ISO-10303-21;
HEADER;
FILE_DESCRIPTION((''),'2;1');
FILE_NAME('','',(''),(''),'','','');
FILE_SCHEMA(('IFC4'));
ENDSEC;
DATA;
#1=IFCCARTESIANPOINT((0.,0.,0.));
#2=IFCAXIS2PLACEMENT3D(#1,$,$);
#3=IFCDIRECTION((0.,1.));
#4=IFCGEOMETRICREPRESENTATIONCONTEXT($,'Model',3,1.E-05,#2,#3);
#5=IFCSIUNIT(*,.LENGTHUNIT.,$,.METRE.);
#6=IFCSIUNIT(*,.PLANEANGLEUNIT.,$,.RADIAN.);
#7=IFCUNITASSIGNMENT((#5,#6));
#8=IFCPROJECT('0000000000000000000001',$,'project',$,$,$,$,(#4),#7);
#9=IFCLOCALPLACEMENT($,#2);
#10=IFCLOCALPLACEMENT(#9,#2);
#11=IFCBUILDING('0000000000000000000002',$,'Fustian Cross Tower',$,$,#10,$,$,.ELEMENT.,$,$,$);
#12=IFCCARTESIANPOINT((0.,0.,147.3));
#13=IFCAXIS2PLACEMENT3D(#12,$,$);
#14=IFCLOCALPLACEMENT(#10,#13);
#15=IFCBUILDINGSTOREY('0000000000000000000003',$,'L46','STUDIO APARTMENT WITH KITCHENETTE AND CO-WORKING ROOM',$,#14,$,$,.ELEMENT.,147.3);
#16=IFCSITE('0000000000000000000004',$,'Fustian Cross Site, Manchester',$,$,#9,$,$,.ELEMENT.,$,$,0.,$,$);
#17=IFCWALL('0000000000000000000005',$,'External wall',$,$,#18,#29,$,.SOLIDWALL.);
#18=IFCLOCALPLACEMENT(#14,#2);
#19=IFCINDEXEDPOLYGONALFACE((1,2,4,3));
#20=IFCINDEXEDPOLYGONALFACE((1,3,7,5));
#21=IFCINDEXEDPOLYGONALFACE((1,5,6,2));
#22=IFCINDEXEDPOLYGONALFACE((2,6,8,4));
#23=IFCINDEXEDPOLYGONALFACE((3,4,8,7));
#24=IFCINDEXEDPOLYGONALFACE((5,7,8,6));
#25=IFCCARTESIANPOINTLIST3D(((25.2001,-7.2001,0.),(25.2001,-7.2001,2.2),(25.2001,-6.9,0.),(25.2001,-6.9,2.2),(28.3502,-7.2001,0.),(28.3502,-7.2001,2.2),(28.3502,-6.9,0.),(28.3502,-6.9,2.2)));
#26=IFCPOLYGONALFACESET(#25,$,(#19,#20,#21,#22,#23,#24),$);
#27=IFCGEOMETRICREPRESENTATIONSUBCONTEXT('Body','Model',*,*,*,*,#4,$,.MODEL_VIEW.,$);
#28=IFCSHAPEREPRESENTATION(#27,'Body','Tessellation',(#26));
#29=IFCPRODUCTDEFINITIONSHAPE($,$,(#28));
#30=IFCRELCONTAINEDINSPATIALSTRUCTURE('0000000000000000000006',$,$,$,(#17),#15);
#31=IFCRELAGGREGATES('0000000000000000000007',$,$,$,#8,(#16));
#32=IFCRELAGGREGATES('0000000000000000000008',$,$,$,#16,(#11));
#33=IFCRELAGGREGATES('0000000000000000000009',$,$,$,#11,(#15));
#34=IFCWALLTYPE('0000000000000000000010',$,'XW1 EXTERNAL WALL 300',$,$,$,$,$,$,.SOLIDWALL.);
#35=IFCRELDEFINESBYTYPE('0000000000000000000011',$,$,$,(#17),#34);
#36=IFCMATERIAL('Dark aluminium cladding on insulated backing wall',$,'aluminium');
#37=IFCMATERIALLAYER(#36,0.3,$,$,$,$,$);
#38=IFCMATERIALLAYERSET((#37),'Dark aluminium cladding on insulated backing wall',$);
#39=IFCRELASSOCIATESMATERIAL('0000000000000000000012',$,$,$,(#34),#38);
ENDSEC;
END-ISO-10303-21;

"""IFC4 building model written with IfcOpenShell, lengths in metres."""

from ifc_helpers import new_model, si_unit, direction, frame, frame_2d, origin, place, context, subcontext, project, spatial, rectangle, extrude, material, layer, layer_set, type_object, element, save


model = new_model("IFC4")

# Units and contexts
model_context = context("Model", 3, precision=1e-05, world=origin(), true_north=direction((0.0, 1.0)))
body_context = subcontext(model_context, "Body", "Model", "MODEL_VIEW")
ifc_project = project(units=[si_unit("LENGTHUNIT", "METRE"), si_unit("PLANEANGLEUNIT", "RADIAN")], contexts=[model_context])

# Site, building, storey
site_placement = place(None, origin())
site = spatial("IfcSite", under=ifc_project, at=site_placement, Name="Fustian Cross Site, Manchester", CompositionType="ELEMENT", RefElevation=0.0)
building_placement = place(site_placement, origin())
building = spatial("IfcBuilding", under=site, at=building_placement, Name="Fustian Cross Tower", CompositionType="ELEMENT")
storey_placement = place(building_placement, frame((0.0, 0.0, 147.3)))
storey = spatial("IfcBuildingStorey", under=building, at=storey_placement, Name="L46", Description="STUDIO APARTMENT WITH KITCHENETTE AND CO-WORKING ROOM", CompositionType="ELEMENT", Elevation=147.3)

# Shared definitions
ifc_material_1 = material(Name="Dark aluminium cladding on insulated backing wall", Category="aluminium")
ifc_layer_1 = layer(ifc_material_1, 0.3)
ifc_layer_set_1 = layer_set([ifc_layer_1], Name="Dark aluminium cladding on insulated backing wall")
wall_type_1 = type_object("IfcWallType", Name="XW1 EXTERNAL WALL 300", PredefinedType="SOLIDWALL", material=ifc_layer_set_1)

# Wall
wall_1_placement = place(storey_placement, frame((25.2, -7.05, 0.0), z_axis=(0.0, 0.0, 1.0), x_axis=(1.0, 0.0, 0.0)))
element("IfcWall", 1, at=wall_1_placement, inside=storey, type_object=wall_type_1, Name="External wall", PredefinedType="SOLIDWALL", context=body_context, shape_type="SweptSolid", body=[
    extrude(rectangle(XDim=3.1501, YDim=0.3, at=frame_2d((1.5752, 0.0))), origin(), (0.0, 0.0, 1.0), 2.2),
])

save(model, "model.ifc")
